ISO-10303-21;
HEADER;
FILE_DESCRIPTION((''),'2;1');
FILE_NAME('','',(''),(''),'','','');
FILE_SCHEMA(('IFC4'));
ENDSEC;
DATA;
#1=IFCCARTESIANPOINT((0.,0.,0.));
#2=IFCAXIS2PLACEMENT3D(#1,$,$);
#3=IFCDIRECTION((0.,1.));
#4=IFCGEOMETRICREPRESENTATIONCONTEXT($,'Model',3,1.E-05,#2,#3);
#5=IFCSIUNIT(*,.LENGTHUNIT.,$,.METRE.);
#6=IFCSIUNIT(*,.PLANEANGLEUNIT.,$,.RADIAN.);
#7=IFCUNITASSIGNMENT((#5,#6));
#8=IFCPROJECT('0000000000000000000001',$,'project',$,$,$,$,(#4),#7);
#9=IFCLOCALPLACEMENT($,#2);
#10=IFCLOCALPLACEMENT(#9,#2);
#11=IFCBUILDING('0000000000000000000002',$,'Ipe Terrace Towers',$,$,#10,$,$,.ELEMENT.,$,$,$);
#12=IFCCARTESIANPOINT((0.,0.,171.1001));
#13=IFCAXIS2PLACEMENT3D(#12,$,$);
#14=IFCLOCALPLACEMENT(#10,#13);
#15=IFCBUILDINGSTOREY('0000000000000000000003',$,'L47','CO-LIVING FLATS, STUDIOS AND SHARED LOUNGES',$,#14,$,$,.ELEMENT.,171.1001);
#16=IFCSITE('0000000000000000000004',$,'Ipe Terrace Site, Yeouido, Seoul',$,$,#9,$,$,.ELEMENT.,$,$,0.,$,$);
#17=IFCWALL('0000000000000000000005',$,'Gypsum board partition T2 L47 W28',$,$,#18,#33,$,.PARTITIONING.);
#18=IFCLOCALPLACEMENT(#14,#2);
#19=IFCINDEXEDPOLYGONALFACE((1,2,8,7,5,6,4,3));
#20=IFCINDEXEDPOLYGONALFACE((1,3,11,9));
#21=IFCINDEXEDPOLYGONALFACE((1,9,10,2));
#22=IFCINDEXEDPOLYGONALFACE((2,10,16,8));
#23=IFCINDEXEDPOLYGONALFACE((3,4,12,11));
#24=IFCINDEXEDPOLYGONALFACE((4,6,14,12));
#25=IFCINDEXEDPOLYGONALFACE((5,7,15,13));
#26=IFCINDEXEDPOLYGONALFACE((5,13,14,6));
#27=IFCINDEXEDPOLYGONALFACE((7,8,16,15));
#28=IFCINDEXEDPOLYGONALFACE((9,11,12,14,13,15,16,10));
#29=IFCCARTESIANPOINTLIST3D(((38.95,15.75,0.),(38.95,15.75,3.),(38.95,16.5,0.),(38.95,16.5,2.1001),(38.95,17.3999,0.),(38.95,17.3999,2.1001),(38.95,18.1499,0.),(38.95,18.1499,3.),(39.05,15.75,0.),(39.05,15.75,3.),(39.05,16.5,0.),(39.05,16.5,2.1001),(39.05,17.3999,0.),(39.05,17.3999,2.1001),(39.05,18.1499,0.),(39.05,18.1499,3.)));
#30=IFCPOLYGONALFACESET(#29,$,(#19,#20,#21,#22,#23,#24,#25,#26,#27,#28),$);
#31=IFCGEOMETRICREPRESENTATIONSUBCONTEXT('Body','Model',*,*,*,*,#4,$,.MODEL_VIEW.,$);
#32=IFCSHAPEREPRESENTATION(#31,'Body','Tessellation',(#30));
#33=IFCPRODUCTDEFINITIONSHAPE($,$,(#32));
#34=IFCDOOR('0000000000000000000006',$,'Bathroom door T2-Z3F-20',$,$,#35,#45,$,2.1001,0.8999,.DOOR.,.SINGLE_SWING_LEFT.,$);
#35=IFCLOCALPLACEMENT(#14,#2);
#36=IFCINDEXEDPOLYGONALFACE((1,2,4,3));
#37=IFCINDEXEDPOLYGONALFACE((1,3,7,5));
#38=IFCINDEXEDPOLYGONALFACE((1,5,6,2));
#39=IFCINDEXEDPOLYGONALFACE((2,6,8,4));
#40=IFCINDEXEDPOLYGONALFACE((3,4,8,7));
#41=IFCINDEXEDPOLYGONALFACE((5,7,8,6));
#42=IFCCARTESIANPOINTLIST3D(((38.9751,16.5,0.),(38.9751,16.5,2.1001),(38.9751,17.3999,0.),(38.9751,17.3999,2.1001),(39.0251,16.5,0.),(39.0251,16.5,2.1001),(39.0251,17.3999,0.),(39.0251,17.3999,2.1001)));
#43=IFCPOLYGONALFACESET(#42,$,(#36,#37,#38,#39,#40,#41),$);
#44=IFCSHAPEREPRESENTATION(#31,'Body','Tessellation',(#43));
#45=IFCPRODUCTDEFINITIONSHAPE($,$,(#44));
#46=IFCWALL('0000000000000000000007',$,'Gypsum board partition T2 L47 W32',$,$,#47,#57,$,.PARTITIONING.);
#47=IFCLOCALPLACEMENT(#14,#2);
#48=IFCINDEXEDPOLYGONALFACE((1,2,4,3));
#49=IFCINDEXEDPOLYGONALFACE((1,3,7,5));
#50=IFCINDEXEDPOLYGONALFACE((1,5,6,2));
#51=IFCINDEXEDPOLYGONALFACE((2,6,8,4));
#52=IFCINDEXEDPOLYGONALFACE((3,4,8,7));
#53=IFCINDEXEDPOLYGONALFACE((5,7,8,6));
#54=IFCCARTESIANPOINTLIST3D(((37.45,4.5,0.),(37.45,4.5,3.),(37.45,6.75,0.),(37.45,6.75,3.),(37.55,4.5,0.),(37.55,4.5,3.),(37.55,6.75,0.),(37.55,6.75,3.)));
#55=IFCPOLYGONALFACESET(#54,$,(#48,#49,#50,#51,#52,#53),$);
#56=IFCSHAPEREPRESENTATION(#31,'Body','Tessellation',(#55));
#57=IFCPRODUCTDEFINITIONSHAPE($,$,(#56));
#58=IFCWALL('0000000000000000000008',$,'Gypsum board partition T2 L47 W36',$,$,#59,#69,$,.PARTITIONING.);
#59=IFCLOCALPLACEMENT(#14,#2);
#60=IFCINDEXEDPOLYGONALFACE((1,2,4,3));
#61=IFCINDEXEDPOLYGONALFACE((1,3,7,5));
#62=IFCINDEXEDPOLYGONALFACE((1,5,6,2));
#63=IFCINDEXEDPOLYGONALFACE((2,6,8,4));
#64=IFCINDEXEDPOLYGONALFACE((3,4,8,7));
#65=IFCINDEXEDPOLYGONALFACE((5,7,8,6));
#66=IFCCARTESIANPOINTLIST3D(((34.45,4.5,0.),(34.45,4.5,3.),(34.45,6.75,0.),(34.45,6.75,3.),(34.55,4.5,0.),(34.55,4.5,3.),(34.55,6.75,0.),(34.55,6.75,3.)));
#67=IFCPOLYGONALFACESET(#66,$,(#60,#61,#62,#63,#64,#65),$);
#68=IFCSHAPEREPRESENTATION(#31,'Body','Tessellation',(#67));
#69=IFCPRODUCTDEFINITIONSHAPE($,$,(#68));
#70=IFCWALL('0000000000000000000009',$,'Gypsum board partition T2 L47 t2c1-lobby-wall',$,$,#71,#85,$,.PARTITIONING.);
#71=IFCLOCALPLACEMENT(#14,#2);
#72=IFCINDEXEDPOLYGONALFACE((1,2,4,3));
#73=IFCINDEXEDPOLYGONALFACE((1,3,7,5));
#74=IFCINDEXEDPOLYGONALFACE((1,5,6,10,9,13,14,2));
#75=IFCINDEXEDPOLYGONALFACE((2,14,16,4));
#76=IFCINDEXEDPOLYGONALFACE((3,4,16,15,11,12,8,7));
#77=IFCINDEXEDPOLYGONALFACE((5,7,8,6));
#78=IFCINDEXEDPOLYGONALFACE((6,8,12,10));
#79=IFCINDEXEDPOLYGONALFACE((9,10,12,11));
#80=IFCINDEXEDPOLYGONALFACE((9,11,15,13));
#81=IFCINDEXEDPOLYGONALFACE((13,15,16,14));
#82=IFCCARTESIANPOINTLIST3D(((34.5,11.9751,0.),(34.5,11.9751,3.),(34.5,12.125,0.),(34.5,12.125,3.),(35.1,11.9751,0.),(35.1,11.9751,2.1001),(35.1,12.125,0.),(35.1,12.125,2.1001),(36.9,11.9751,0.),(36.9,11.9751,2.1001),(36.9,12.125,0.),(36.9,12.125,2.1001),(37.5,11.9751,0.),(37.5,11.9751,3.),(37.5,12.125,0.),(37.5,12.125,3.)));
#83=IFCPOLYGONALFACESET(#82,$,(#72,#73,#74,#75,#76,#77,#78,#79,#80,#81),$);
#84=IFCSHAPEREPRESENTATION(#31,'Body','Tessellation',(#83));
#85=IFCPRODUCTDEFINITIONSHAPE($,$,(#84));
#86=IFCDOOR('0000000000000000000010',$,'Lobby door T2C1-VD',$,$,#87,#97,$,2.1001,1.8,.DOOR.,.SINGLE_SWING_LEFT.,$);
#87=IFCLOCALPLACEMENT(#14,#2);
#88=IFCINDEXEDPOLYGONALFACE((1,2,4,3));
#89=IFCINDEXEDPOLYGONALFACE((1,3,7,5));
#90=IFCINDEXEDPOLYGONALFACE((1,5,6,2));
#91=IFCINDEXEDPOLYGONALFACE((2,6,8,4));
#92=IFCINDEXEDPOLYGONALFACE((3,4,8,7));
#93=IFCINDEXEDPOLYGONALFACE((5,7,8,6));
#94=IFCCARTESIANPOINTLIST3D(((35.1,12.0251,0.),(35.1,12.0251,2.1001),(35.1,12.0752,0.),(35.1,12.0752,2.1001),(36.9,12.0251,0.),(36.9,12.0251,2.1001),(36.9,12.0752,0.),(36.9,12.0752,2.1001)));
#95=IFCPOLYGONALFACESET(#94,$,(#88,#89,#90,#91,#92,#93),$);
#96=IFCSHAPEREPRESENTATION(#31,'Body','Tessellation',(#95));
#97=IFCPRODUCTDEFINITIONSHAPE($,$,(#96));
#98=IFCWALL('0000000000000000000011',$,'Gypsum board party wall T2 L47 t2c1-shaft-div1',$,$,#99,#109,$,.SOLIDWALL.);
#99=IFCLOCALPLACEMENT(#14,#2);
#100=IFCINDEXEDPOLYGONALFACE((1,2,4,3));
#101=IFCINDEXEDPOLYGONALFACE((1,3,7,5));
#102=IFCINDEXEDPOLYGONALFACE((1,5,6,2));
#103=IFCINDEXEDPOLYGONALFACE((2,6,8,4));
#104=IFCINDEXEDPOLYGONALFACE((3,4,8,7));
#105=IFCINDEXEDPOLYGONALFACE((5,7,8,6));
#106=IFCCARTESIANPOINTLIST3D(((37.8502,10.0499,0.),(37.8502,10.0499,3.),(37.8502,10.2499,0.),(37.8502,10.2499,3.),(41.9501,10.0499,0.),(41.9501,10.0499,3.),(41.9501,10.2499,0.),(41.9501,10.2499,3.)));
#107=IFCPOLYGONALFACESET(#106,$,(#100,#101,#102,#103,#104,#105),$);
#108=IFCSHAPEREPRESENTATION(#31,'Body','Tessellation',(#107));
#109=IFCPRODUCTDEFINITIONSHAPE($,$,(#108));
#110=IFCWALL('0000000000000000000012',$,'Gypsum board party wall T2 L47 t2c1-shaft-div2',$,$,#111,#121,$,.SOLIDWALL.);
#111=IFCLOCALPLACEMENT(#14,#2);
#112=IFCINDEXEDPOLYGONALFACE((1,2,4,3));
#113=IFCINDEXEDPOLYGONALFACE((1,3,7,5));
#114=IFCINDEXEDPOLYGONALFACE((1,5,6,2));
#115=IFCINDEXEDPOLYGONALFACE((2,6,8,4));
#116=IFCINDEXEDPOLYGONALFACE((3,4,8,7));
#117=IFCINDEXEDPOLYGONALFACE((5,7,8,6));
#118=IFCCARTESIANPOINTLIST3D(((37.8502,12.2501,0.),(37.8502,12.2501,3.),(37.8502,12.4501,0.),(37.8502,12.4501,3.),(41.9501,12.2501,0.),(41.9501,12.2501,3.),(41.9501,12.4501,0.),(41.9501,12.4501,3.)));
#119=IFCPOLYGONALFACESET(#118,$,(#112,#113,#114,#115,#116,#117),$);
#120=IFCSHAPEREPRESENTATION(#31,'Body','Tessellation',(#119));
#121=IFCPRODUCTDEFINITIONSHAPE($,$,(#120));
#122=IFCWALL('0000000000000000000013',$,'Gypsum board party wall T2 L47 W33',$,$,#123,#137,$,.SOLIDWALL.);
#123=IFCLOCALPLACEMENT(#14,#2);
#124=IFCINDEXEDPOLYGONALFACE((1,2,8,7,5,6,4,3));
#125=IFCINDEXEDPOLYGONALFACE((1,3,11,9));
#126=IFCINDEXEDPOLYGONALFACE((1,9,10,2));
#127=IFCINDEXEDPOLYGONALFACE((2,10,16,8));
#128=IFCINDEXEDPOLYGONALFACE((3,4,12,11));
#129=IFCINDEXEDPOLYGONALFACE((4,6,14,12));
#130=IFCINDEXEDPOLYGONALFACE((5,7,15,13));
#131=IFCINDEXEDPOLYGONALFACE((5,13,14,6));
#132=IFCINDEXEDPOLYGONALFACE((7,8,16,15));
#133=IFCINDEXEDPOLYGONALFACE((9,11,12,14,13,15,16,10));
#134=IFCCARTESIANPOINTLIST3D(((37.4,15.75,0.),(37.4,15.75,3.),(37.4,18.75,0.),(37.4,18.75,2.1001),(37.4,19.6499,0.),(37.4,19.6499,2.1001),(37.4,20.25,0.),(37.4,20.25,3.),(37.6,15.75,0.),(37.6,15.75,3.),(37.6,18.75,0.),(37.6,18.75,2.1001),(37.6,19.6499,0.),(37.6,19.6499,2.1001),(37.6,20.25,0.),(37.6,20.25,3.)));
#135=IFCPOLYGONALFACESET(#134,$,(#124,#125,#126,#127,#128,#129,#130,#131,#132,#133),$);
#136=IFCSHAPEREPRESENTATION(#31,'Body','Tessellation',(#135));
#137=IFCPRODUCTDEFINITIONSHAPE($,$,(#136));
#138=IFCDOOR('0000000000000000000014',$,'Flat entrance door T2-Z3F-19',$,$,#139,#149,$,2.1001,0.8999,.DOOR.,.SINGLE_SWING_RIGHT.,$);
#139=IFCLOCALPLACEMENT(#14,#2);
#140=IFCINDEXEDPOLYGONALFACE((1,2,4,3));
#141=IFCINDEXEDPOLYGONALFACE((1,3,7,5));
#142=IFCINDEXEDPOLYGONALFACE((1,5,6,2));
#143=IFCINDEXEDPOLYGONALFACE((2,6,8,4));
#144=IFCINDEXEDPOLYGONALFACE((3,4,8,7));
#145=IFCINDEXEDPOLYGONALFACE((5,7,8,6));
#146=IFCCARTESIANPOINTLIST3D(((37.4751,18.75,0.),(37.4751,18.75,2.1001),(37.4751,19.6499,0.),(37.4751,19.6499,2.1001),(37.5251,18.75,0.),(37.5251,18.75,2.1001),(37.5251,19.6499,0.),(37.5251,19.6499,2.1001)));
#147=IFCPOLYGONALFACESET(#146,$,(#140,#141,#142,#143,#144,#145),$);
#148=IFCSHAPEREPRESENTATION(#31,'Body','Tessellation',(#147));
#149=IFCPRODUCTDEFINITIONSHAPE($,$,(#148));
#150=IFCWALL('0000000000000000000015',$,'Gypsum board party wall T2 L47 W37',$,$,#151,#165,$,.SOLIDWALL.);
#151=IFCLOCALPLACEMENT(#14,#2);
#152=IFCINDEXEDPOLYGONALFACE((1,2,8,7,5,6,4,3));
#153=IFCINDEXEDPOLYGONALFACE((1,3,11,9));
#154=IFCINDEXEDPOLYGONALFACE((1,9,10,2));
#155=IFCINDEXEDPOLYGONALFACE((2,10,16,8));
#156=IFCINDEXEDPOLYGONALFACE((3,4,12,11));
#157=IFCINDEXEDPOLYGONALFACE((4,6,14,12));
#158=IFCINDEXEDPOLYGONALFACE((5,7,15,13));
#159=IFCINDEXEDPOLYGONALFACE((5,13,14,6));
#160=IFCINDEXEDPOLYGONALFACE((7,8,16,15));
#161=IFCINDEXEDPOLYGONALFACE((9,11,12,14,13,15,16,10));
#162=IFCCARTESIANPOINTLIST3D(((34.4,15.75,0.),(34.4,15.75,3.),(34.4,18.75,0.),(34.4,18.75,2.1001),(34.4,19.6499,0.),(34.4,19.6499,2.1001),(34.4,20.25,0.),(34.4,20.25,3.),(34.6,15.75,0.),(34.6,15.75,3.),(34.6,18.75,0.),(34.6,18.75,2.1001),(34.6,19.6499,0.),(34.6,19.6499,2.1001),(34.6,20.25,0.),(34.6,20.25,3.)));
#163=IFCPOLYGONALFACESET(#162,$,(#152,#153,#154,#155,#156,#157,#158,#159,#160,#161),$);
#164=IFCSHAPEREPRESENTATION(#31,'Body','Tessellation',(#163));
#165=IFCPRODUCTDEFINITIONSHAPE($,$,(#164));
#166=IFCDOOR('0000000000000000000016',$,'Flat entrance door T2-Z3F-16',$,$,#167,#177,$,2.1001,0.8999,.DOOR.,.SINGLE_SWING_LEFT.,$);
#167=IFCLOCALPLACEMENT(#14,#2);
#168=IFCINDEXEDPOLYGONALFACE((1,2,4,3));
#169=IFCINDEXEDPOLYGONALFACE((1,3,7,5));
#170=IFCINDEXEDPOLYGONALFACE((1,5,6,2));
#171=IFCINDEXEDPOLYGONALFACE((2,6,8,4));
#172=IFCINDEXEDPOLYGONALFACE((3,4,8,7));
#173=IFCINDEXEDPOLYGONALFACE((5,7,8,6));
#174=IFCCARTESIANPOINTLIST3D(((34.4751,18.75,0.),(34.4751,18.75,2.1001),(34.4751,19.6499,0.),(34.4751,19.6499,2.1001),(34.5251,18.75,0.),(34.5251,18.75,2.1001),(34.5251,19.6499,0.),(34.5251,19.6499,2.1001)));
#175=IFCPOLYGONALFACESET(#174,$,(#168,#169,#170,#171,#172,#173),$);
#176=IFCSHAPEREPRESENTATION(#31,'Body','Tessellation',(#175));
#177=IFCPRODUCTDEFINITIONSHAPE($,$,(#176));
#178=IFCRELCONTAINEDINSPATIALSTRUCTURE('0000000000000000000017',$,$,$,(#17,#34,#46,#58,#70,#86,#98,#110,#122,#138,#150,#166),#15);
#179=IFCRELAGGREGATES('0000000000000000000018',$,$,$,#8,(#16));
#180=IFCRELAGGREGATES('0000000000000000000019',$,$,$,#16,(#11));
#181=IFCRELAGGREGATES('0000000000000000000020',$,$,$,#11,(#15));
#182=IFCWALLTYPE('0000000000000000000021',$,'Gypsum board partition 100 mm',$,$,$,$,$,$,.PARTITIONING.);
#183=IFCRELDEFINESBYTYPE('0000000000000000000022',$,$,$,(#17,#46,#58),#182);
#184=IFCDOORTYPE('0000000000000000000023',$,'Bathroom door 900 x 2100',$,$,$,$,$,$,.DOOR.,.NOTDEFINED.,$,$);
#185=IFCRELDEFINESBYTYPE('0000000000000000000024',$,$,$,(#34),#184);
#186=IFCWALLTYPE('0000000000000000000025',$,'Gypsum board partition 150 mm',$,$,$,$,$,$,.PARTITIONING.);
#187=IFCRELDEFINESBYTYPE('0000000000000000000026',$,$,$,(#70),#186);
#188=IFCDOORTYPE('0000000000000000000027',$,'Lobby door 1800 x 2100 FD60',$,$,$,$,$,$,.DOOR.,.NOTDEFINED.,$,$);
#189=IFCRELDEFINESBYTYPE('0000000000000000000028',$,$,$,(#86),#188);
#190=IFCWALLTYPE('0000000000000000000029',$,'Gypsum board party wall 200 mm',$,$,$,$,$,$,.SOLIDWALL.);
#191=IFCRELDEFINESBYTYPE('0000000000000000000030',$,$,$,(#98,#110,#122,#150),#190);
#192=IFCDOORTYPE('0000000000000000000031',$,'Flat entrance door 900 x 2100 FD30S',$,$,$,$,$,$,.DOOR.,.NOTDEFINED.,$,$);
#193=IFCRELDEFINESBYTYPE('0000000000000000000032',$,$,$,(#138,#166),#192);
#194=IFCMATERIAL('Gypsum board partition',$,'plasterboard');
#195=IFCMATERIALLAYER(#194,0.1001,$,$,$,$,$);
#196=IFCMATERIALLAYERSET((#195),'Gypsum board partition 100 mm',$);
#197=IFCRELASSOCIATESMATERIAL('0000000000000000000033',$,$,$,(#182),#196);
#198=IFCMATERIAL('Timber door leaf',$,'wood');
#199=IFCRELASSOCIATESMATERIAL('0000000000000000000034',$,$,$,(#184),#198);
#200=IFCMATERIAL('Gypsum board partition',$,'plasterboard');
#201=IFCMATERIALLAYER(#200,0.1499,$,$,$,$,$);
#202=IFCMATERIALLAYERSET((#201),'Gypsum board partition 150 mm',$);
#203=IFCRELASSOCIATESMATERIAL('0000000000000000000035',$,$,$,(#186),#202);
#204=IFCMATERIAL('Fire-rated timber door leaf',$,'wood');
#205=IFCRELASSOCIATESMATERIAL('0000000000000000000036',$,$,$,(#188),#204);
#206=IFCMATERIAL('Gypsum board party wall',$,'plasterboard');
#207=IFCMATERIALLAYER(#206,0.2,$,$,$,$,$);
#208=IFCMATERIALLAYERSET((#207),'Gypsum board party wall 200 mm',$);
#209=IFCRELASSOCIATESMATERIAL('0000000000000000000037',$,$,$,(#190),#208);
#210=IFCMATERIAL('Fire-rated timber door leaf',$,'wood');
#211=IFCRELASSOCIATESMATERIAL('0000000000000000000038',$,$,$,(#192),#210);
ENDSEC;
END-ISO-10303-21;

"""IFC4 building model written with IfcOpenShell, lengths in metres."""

from ifc_helpers import new_model, si_unit, direction, frame, frame_2d, origin, place, context, subcontext, project, spatial, rectangle, extrude, material, layer, layer_set, type_object, element, fill, save


model = new_model("IFC4")

# Units and contexts
model_context = context("Model", 3, precision=1e-05, world=origin(), true_north=direction((0.0, 1.0)))
body_context = subcontext(model_context, "Body", "Model", "MODEL_VIEW")
ifc_project = project(units=[si_unit("LENGTHUNIT", "METRE"), si_unit("PLANEANGLEUNIT", "RADIAN")], contexts=[model_context])

# Site, building, storey
site_placement = place(None, origin())
site = spatial("IfcSite", under=ifc_project, at=site_placement, Name="Ipe Terrace Site, Yeouido, Seoul", CompositionType="ELEMENT", RefElevation=0.0)
building_placement = place(site_placement, origin())
building = spatial("IfcBuilding", under=site, at=building_placement, Name="Ipe Terrace Towers", CompositionType="ELEMENT")
storey_placement = place(building_placement, frame((0.0, 0.0, 171.1001)))
storey = spatial("IfcBuildingStorey", under=building, at=storey_placement, Name="L47", Description="CO-LIVING FLATS, STUDIOS AND SHARED LOUNGES", CompositionType="ELEMENT", Elevation=171.1001)

# Shared definitions
ifc_material_1 = material(Name="Gypsum board partition", Category="plasterboard")
ifc_layer_1 = layer(ifc_material_1, 0.1001)
ifc_layer_set_1 = layer_set([ifc_layer_1], Name="Gypsum board partition 100 mm")
wall_type_1 = type_object("IfcWallType", Name="Gypsum board partition 100 mm", PredefinedType="PARTITIONING", material=ifc_layer_set_1)

# Wall, opening, door
wall_1_placement = place(storey_placement, frame((39.0, 15.75, 0.0), z_axis=(0.0, 0.0, 1.0), x_axis=(0.0, 1.0, 0.0)))
wall_1 = element("IfcWall", 1, at=wall_1_placement, inside=storey, type_object=wall_type_1, Name="Gypsum board partition T2 L47 W28", PredefinedType="PARTITIONING", context=body_context, shape_type="SweptSolid", body=[
    extrude(rectangle(XDim=2.3999, YDim=0.1001, at=frame_2d((1.2, 0.0))), origin(), (0.0, 0.0, 1.0), 3.0),
])
opening_1_placement = place(wall_1_placement, frame((0.75, 0.0, 0.0)))
opening_1 = element("IfcOpeningElement", 2, at=opening_1_placement, cuts=wall_1, PredefinedType="OPENING", context=body_context, shape_type="SweptSolid", body=[
    extrude(rectangle(XDim=0.8999, YDim=2.1001, at=frame_2d((0.45, 1.05))), frame((0.0, 0.0601, 0.0), z_axis=(0.0, -1.0, 0.0), x_axis=(1.0, 0.0, 0.0)), (0.0, 0.0, 1.0), 0.1201),
])
ifc_material_2 = material(Name="Timber door leaf", Category="wood")
door_type_1 = type_object("IfcDoorType", Name="Bathroom door 900 x 2100", OperationType="NOTDEFINED", PredefinedType="DOOR", material=ifc_material_2)
door_1_placement = place(opening_1_placement, origin())
door_1 = element("IfcDoor", 3, at=door_1_placement, inside=storey, type_object=door_type_1, Name="Bathroom door T2-Z3F-20", OperationType="SINGLE_SWING_LEFT", OverallHeight=2.1001, OverallWidth=0.8999, PredefinedType="DOOR", context=body_context, shape_type="SweptSolid", body=[
    extrude(rectangle(XDim=0.8999, YDim=2.1001, at=frame_2d((0.45, 1.05))), frame((0.0, 0.0249, 0.0), z_axis=(0.0, -1.0, 0.0), x_axis=(1.0, 0.0, 0.0)), (0.0, 0.0, 1.0), 0.05),
])
fill(opening_1, door_1)

# Walls
for number, where, z_axis, x_axis, name in (
    (4, (37.5, 4.5, 0.0), (0.0, 0.0, 1.0), (0.0, 1.0, 0.0), "Gypsum board partition T2 L47 W32"),
    (5, (34.5, 4.5, 0.0), (0.0, 0.0, 1.0), (0.0, 1.0, 0.0), "Gypsum board partition T2 L47 W36"),
):
    element("IfcWall", number, at=place(storey_placement, frame(where, z_axis=z_axis, x_axis=x_axis)), inside=storey, type_object=wall_type_1, Name=name, PredefinedType="PARTITIONING", context=body_context, shape_type="SweptSolid", body=[
        extrude(rectangle(XDim=2.25, YDim=0.1001, at=frame_2d((1.125, 0.0))), origin(), (0.0, 0.0, 1.0), 3.0),
    ])

# Wall, opening, door
ifc_material_3 = material(Name="Gypsum board partition", Category="plasterboard")
ifc_layer_2 = layer(ifc_material_3, 0.1499)
ifc_layer_set_2 = layer_set([ifc_layer_2], Name="Gypsum board partition 150 mm")
wall_type_2 = type_object("IfcWallType", Name="Gypsum board partition 150 mm", PredefinedType="PARTITIONING", material=ifc_layer_set_2)
wall_2_placement = place(storey_placement, frame((37.5, 12.05, 0.0), z_axis=(0.0, 0.0, 1.0), x_axis=(-1.0, 0.0, 0.0)))
wall_2 = element("IfcWall", 6, at=wall_2_placement, inside=storey, type_object=wall_type_2, Name="Gypsum board partition T2 L47 t2c1-lobby-wall", PredefinedType="PARTITIONING", context=body_context, shape_type="SweptSolid", body=[
    extrude(rectangle(XDim=3.0, YDim=0.1499, at=frame_2d((1.5, 0.0))), origin(), (0.0, 0.0, 1.0), 3.0),
])
opening_2_placement = place(wall_2_placement, frame((0.6001, 0.0, 0.0)))
opening_2 = element("IfcOpeningElement", 7, at=opening_2_placement, cuts=wall_2, PredefinedType="OPENING", context=body_context, shape_type="SweptSolid", body=[
    extrude(rectangle(XDim=1.8, YDim=2.1001, at=frame_2d((0.8999, 1.05))), frame((0.0, 0.085, 0.0), z_axis=(0.0, -1.0, 0.0), x_axis=(1.0, 0.0, 0.0)), (0.0, 0.0, 1.0), 0.1699),
])
ifc_material_4 = material(Name="Fire-rated timber door leaf", Category="wood")
door_type_2 = type_object("IfcDoorType", Name="Lobby door 1800 x 2100 FD60", OperationType="NOTDEFINED", PredefinedType="DOOR", material=ifc_material_4)
door_2_placement = place(opening_2_placement, origin())
door_2 = element("IfcDoor", 8, at=door_2_placement, inside=storey, type_object=door_type_2, Name="Lobby door T2C1-VD", OperationType="SINGLE_SWING_LEFT", OverallHeight=2.1001, OverallWidth=1.8, PredefinedType="DOOR", context=body_context, shape_type="SweptSolid", body=[
    extrude(rectangle(XDim=1.8, YDim=2.1001, at=frame_2d((0.8999, 1.05))), frame((0.0, 0.0249, 0.0), z_axis=(0.0, -1.0, 0.0), x_axis=(1.0, 0.0, 0.0)), (0.0, 0.0, 1.0), 0.05),
])
fill(opening_2, door_2)

# Walls
ifc_material_5 = material(Name="Gypsum board party wall", Category="plasterboard")
ifc_layer_3 = layer(ifc_material_5, 0.2)
ifc_layer_set_3 = layer_set([ifc_layer_3], Name="Gypsum board party wall 200 mm")
wall_type_3 = type_object("IfcWallType", Name="Gypsum board party wall 200 mm", PredefinedType="SOLIDWALL", material=ifc_layer_set_3)
for number, where, z_axis, x_axis, name in (
    (9, (41.95, 10.1499, 0.0), (0.0, 0.0, 1.0), (-1.0, 0.0, 0.0), "Gypsum board party wall T2 L47 t2c1-shaft-div1"),
    (10, (41.95, 12.3501, 0.0), (0.0, 0.0, 1.0), (-1.0, 0.0, 0.0), "Gypsum board party wall T2 L47 t2c1-shaft-div2"),
):
    element("IfcWall", number, at=place(storey_placement, frame(where, z_axis=z_axis, x_axis=x_axis)), inside=storey, type_object=wall_type_3, Name=name, PredefinedType="SOLIDWALL", context=body_context, shape_type="SweptSolid", body=[
        extrude(rectangle(XDim=4.0999, YDim=0.2, at=frame_2d((2.0498, 0.0))), origin(), (0.0, 0.0, 1.0), 3.0),
    ])

# Walls, openings, doors
wall_3_placement = place(storey_placement, frame((37.5, 15.75, 0.0), z_axis=(0.0, 0.0, 1.0), x_axis=(0.0, 1.0, 0.0)))
wall_3 = element("IfcWall", 11, at=wall_3_placement, inside=storey, type_object=wall_type_3, Name="Gypsum board party wall T2 L47 W33", PredefinedType="SOLIDWALL", context=body_context, shape_type="SweptSolid", body=[
    extrude(rectangle(XDim=4.5, YDim=0.2, at=frame_2d((2.25, 0.0))), origin(), (0.0, 0.0, 1.0), 3.0),
])
opening_3_placement = place(wall_3_placement, frame((3.0, 0.0, 0.0)))
opening_3 = element("IfcOpeningElement", 12, at=opening_3_placement, cuts=wall_3, PredefinedType="OPENING", context=body_context, shape_type="SweptSolid", body=[
    extrude(rectangle(XDim=0.8999, YDim=2.1001, at=frame_2d((0.45, 1.05))), frame((0.0, 0.1099, 0.0), z_axis=(0.0, -1.0, 0.0), x_axis=(1.0, 0.0, 0.0)), (0.0, 0.0, 1.0), 0.22),
])
ifc_material_6 = material(Name="Fire-rated timber door leaf", Category="wood")
door_type_3 = type_object("IfcDoorType", Name="Flat entrance door 900 x 2100 FD30S", OperationType="NOTDEFINED", PredefinedType="DOOR", material=ifc_material_6)
door_3_placement = place(opening_3_placement, origin())
door_3 = element("IfcDoor", 13, at=door_3_placement, inside=storey, type_object=door_type_3, Name="Flat entrance door T2-Z3F-19", OperationType="SINGLE_SWING_RIGHT", OverallHeight=2.1001, OverallWidth=0.8999, PredefinedType="DOOR", context=body_context, shape_type="SweptSolid", body=[
    extrude(rectangle(XDim=0.8999, YDim=2.1001, at=frame_2d((0.45, 1.05))), frame((0.0, 0.0249, 0.0), z_axis=(0.0, -1.0, 0.0), x_axis=(1.0, 0.0, 0.0)), (0.0, 0.0, 1.0), 0.05),
])
fill(opening_3, door_3)
wall_4_placement = place(storey_placement, frame((34.5, 15.75, 0.0), z_axis=(0.0, 0.0, 1.0), x_axis=(0.0, 1.0, 0.0)))
wall_4 = element("IfcWall", 14, at=wall_4_placement, inside=storey, type_object=wall_type_3, Name="Gypsum board party wall T2 L47 W37", PredefinedType="SOLIDWALL", context=body_context, shape_type="SweptSolid", body=[
    extrude(rectangle(XDim=4.5, YDim=0.2, at=frame_2d((2.25, 0.0))), origin(), (0.0, 0.0, 1.0), 3.0),
])
opening_4_placement = place(wall_4_placement, frame((3.0, 0.0, 0.0)))
opening_4 = element("IfcOpeningElement", 15, at=opening_4_placement, cuts=wall_4, PredefinedType="OPENING", context=body_context, shape_type="SweptSolid", body=[
    extrude(rectangle(XDim=0.8999, YDim=2.1001, at=frame_2d((0.45, 1.05))), frame((0.0, 0.1099, 0.0), z_axis=(0.0, -1.0, 0.0), x_axis=(1.0, 0.0, 0.0)), (0.0, 0.0, 1.0), 0.22),
])
door_4_placement = place(opening_4_placement, origin())
door_4 = element("IfcDoor", 16, at=door_4_placement, inside=storey, type_object=door_type_3, Name="Flat entrance door T2-Z3F-16", OperationType="SINGLE_SWING_LEFT", OverallHeight=2.1001, OverallWidth=0.8999, PredefinedType="DOOR", context=body_context, shape_type="SweptSolid", body=[
    extrude(rectangle(XDim=0.8999, YDim=2.1001, at=frame_2d((0.45, 1.05))), frame((0.0, 0.0249, 0.0), z_axis=(0.0, -1.0, 0.0), x_axis=(1.0, 0.0, 0.0)), (0.0, 0.0, 1.0), 0.05),
])
fill(opening_4, door_4)

save(model, "model.ifc")
